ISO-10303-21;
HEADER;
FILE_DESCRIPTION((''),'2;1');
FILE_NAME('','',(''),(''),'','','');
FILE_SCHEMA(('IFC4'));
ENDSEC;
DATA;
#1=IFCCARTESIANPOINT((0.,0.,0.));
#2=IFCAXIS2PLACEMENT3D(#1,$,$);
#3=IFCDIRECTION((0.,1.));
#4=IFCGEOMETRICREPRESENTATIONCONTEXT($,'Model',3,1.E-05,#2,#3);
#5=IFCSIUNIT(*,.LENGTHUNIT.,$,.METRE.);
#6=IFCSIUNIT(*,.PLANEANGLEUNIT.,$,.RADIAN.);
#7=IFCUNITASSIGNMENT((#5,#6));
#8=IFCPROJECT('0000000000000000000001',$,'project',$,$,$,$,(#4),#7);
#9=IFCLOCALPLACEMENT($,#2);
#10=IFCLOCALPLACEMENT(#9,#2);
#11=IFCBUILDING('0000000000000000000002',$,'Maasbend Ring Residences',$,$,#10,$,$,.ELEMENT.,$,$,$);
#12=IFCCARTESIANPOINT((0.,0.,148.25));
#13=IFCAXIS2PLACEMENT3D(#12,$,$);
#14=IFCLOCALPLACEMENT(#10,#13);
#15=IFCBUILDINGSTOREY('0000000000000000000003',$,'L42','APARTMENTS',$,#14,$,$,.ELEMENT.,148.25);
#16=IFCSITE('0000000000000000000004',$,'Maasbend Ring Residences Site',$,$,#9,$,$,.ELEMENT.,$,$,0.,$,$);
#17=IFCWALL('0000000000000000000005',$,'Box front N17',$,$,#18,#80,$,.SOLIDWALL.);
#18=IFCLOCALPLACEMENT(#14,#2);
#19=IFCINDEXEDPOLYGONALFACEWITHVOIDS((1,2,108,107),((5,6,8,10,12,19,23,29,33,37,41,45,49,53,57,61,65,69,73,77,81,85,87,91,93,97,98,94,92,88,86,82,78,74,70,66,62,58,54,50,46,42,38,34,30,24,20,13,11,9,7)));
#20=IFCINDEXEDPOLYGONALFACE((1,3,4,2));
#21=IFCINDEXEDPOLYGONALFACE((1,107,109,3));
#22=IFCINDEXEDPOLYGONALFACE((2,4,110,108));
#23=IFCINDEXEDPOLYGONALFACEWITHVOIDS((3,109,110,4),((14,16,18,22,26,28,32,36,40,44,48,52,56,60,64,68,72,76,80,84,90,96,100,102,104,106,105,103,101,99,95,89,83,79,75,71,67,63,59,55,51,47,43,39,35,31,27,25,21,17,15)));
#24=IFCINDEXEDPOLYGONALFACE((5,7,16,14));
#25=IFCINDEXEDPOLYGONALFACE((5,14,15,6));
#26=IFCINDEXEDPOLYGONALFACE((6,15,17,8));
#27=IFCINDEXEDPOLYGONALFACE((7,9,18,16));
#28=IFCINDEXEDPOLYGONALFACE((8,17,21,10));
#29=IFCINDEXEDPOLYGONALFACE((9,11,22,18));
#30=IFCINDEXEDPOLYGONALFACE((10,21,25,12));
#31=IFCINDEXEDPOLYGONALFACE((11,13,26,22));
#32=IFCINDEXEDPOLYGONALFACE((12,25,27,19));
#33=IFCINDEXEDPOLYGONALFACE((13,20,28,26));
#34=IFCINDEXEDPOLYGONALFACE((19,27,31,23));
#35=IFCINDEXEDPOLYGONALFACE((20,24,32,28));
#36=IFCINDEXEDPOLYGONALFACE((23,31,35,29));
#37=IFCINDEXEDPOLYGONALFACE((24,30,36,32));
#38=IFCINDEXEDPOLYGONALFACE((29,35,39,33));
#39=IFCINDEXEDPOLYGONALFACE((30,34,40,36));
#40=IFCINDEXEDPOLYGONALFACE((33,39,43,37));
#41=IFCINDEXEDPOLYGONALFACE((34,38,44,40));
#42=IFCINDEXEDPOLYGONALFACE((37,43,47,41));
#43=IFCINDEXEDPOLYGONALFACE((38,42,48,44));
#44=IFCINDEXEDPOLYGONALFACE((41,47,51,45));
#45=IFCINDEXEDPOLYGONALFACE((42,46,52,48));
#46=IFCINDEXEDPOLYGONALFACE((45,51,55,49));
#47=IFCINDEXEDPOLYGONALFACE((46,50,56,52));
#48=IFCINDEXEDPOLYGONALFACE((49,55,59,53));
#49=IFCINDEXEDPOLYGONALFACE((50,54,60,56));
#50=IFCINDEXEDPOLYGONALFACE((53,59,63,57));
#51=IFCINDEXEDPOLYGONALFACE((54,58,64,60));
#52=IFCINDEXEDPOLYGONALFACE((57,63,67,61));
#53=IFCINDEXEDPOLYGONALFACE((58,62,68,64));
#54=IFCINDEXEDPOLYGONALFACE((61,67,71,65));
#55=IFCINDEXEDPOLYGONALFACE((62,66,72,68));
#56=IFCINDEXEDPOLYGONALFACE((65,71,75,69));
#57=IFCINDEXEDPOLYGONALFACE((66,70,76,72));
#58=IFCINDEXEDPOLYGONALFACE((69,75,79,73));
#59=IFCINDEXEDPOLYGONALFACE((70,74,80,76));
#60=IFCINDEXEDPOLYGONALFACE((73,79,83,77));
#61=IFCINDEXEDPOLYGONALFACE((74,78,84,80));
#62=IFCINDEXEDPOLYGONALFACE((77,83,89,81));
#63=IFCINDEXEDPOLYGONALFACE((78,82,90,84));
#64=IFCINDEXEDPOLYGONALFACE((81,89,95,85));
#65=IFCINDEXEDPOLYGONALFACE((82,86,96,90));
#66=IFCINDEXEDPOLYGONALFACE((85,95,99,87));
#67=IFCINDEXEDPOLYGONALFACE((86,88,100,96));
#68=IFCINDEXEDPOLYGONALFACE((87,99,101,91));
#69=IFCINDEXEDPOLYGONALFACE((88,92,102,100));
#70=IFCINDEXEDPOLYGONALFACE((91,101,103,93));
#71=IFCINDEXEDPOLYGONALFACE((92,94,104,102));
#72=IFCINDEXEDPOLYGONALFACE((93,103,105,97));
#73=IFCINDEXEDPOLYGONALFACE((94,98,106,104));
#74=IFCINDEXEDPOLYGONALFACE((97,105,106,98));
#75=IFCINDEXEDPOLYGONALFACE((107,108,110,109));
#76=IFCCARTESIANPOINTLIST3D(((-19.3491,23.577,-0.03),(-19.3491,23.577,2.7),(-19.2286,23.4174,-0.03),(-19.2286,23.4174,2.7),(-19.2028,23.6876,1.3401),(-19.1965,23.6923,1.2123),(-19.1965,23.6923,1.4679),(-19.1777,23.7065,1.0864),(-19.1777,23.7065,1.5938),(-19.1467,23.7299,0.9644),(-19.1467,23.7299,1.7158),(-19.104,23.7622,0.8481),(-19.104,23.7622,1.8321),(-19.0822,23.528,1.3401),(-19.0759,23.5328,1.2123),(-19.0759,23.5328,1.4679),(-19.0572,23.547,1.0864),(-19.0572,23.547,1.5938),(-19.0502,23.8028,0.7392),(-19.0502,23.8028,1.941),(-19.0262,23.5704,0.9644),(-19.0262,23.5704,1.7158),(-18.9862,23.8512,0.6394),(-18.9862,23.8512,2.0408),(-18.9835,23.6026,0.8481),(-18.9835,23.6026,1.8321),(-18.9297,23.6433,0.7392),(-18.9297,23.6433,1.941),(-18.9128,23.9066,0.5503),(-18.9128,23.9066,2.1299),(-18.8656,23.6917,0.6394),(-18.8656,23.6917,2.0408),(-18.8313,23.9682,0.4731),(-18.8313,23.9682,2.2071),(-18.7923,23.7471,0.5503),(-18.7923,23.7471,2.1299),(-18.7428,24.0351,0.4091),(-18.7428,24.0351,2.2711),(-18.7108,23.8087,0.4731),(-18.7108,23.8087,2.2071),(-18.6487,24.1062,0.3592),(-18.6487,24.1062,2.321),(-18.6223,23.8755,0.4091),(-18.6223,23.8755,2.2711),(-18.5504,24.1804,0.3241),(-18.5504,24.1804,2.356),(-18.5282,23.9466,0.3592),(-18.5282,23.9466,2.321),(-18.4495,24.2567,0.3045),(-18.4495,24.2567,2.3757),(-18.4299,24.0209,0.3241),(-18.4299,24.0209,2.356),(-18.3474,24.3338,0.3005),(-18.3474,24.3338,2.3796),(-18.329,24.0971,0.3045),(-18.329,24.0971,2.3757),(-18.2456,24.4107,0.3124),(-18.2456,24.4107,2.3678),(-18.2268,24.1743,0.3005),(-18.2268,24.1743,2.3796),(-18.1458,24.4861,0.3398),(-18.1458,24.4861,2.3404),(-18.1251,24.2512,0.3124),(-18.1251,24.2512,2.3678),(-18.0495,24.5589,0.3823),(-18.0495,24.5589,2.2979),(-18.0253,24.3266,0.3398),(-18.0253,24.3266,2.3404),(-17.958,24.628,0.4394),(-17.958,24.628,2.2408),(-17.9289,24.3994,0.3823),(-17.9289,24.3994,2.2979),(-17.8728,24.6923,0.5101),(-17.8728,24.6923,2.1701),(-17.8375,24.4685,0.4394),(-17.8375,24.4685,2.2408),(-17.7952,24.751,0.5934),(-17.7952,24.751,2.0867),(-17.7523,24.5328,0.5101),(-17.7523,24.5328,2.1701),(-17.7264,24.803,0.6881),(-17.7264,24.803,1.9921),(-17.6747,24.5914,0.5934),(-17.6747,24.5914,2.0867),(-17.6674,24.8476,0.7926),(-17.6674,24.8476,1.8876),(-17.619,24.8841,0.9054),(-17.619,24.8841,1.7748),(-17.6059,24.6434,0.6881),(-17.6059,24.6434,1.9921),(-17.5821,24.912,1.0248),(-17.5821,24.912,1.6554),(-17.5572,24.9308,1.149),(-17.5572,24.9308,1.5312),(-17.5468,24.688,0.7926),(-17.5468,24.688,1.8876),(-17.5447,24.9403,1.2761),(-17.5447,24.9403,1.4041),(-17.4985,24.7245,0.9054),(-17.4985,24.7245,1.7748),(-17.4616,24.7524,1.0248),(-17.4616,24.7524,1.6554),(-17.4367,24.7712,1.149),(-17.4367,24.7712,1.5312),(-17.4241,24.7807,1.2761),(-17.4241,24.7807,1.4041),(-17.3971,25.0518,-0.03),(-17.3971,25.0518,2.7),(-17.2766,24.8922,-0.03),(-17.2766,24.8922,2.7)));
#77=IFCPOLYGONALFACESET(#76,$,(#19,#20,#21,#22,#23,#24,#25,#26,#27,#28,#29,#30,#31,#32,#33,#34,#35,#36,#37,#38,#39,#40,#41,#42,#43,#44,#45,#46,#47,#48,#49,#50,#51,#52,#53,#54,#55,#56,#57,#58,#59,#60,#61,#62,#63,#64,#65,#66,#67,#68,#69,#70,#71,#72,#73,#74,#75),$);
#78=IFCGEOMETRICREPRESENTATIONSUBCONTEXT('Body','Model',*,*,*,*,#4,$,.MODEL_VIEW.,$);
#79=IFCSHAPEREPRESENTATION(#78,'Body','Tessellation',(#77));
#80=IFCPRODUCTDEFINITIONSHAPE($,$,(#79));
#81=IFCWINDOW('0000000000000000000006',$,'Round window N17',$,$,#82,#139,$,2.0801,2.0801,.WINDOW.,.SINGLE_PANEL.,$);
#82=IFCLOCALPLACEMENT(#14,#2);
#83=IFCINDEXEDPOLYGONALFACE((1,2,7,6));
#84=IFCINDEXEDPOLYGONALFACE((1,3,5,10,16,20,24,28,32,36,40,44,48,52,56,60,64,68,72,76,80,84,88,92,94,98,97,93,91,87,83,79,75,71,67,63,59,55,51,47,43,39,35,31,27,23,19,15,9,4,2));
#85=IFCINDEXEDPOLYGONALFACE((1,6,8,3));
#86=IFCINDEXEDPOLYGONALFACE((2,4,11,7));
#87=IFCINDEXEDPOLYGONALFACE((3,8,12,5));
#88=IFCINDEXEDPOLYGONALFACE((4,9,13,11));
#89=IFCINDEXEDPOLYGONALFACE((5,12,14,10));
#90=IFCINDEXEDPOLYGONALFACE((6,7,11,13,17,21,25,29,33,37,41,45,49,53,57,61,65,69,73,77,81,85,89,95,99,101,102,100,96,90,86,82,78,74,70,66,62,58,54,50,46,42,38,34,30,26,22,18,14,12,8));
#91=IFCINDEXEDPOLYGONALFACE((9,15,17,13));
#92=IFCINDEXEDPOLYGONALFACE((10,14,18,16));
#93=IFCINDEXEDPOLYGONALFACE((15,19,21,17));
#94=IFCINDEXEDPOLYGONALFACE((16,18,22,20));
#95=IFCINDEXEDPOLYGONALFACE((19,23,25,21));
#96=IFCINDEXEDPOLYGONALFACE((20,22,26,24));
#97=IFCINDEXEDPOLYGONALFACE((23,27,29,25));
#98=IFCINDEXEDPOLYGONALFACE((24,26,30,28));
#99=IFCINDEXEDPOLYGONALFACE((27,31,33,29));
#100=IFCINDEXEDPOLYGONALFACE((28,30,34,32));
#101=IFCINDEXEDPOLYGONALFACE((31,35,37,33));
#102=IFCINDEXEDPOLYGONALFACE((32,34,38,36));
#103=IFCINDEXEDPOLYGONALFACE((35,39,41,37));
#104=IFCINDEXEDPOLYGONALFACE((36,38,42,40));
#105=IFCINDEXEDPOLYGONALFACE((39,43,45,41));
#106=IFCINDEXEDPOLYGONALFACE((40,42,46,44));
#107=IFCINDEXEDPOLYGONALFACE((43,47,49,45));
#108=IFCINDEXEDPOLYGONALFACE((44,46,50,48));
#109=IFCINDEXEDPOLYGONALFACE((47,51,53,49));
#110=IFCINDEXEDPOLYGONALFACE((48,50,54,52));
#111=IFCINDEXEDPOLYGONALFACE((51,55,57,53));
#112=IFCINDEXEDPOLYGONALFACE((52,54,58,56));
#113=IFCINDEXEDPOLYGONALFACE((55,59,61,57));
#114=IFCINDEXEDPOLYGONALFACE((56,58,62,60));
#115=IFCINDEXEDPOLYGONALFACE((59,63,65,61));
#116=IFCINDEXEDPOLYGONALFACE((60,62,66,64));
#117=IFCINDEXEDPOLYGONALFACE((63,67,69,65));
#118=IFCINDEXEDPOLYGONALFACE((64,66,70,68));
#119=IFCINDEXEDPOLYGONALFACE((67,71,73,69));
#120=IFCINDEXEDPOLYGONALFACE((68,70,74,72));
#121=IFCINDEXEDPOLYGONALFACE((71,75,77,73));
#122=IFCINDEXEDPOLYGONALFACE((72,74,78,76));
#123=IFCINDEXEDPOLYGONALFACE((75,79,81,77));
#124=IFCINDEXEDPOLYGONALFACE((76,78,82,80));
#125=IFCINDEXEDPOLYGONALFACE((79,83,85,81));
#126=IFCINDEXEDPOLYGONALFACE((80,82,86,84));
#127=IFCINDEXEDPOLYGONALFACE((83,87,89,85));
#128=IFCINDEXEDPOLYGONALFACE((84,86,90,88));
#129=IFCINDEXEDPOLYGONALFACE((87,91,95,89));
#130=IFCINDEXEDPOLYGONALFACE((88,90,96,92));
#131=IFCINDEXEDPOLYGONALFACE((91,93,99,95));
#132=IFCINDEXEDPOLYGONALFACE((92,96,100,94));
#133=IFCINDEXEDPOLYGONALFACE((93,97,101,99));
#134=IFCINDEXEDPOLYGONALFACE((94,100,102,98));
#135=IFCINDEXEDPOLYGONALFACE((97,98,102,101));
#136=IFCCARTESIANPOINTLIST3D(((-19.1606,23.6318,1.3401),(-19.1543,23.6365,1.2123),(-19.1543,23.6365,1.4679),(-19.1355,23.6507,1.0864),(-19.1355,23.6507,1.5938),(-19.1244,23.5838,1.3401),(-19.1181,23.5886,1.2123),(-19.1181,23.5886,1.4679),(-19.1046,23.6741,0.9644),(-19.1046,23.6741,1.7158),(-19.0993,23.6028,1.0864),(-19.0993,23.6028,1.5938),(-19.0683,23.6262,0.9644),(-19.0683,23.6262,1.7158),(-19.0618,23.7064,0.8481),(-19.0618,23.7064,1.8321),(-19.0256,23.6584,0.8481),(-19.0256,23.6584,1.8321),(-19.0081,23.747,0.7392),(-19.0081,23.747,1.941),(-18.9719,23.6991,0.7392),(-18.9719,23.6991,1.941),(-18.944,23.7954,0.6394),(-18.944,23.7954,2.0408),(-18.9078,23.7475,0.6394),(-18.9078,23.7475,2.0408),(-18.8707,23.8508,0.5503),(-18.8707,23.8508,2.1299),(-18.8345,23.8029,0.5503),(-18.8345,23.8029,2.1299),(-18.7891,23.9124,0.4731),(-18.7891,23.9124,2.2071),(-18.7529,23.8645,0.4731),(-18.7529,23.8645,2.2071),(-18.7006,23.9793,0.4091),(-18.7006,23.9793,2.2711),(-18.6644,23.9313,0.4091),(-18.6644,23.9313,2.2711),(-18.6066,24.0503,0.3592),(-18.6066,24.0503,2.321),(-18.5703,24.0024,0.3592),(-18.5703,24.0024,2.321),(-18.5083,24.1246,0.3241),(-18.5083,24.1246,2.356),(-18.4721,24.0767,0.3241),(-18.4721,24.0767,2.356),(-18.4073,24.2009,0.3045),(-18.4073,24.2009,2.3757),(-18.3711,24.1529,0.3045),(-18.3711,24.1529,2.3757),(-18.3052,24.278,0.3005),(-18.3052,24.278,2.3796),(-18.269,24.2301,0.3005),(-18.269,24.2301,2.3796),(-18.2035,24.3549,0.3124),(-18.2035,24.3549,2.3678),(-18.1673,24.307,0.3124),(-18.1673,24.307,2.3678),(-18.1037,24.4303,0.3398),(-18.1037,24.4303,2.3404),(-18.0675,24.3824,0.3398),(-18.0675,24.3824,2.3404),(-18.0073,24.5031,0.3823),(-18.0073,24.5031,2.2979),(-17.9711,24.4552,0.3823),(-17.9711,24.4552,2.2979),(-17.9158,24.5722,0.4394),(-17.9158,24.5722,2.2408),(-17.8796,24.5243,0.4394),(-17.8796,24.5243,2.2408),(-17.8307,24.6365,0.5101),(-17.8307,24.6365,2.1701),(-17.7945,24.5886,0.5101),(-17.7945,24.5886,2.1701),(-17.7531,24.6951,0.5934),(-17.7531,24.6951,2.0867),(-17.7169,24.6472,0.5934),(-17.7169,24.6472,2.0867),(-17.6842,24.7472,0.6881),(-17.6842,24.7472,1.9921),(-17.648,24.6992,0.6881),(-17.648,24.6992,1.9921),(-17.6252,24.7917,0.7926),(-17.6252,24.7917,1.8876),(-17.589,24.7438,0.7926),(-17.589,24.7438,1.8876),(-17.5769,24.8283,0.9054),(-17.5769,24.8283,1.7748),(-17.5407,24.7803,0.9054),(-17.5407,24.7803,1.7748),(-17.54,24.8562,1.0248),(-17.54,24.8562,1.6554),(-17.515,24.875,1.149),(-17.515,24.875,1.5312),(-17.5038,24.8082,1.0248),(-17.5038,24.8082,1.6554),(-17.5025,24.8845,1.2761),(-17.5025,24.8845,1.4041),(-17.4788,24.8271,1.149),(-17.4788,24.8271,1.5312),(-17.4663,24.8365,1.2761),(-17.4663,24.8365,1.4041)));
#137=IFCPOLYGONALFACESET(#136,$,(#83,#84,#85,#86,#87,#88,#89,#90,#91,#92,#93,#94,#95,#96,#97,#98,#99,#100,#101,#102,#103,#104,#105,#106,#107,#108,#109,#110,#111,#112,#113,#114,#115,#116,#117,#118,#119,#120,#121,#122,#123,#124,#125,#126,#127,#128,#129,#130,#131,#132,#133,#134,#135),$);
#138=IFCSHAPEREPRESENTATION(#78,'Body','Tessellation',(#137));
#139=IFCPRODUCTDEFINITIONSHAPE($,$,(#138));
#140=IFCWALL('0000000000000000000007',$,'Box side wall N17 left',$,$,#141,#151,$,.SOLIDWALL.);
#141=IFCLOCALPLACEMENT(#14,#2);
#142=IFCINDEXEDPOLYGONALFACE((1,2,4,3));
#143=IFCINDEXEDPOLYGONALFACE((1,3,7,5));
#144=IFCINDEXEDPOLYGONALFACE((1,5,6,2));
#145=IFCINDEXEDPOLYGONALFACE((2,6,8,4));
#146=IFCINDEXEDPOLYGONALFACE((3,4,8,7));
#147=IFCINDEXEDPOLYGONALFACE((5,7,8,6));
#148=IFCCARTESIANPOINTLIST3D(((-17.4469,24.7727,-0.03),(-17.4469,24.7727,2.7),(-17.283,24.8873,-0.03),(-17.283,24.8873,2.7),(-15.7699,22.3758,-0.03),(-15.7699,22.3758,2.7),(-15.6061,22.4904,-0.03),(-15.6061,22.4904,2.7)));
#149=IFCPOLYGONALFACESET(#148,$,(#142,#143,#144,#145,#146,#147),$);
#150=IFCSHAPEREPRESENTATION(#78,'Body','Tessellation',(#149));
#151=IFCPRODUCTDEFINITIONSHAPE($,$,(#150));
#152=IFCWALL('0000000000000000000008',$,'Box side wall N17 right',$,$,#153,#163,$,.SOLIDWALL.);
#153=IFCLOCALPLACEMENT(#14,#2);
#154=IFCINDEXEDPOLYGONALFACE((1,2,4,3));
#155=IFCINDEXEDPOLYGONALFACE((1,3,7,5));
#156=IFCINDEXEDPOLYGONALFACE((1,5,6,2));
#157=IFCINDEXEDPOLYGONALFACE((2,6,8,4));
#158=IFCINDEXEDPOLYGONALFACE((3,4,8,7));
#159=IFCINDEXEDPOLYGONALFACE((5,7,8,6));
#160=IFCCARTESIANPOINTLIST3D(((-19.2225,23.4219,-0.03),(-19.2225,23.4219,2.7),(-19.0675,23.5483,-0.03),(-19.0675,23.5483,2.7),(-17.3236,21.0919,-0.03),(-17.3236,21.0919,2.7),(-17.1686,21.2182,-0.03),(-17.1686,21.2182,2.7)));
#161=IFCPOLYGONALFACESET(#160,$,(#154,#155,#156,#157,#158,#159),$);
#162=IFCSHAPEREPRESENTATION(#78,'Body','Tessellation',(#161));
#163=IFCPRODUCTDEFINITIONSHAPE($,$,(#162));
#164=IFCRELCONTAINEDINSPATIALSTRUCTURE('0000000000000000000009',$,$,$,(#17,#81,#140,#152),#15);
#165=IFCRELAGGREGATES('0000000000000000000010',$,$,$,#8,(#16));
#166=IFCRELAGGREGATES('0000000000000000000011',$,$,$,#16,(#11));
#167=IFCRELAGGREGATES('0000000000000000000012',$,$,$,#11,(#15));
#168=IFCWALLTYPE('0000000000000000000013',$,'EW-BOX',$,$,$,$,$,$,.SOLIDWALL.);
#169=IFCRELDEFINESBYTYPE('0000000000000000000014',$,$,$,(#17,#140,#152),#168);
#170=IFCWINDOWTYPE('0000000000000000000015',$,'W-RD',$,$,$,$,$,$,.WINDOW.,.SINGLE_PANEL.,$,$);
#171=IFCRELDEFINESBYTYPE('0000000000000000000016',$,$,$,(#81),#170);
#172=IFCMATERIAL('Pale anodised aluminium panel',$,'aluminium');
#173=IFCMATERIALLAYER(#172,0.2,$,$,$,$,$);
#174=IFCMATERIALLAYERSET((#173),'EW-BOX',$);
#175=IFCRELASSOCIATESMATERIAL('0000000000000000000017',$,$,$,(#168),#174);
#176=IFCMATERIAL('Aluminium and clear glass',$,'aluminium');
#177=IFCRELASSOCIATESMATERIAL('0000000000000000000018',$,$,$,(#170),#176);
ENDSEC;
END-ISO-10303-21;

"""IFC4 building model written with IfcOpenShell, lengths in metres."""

from ifc_helpers import new_model, si_unit, direction, frame, frame_2d, origin, place, context, subcontext, project, spatial, rectangle, circle, extrude, material, layer, layer_set, type_object, element, fill, save


model = new_model("IFC4")

# Units and contexts
model_context = context("Model", 3, precision=1e-05, world=origin(), true_north=direction((0.0, 1.0)))
body_context = subcontext(model_context, "Body", "Model", "MODEL_VIEW")
ifc_project = project(units=[si_unit("LENGTHUNIT", "METRE"), si_unit("PLANEANGLEUNIT", "RADIAN")], contexts=[model_context])

# Site, building, storey
site_placement = place(None, origin())
site = spatial("IfcSite", under=ifc_project, at=site_placement, Name="Maasbend Ring Residences Site", CompositionType="ELEMENT", RefElevation=0.0)
building_placement = place(site_placement, origin())
building = spatial("IfcBuilding", under=site, at=building_placement, Name="Maasbend Ring Residences", CompositionType="ELEMENT")
storey_placement = place(building_placement, frame((0.0, 0.0, 148.25)))
storey = spatial("IfcBuildingStorey", under=building, at=storey_placement, Name="L42", Description="APARTMENTS", CompositionType="ELEMENT", Elevation=148.25)

# Shared definitions
ifc_material_1 = material(Name="Pale anodised aluminium panel", Category="aluminium")
ifc_layer_1 = layer(ifc_material_1, 0.2)
ifc_layer_set_1 = layer_set([ifc_layer_1], Name="EW-BOX")
wall_type_1 = type_object("IfcWallType", Name="EW-BOX", PredefinedType="SOLIDWALL", material=ifc_layer_set_1)
ifc_material_2 = material(Name="Aluminium and clear glass", Category="aluminium")
window_type_1 = type_object("IfcWindowType", Name="W-RD", PartitioningType="SINGLE_PANEL", PredefinedType="WINDOW", material=ifc_material_2)

# Wall, opening, window
wall_1_placement = place(storey_placement, frame((-17.3369, 24.9719, -0.03), z_axis=(0.0, 0.0, 1.0), x_axis=(-0.797888, -0.602806, 0.0)))
wall_1 = element("IfcWall", 1, at=wall_1_placement, inside=storey, type_object=wall_type_1, Name="Box front N17", PredefinedType="SOLIDWALL", context=body_context, shape_type="SweptSolid", body=[
    extrude(rectangle(XDim=2.4465, YDim=0.2, at=frame_2d((1.2231, 0.0))), origin(), (0.0, 0.0, 1.0), 2.73),
])
opening_1_placement = place(wall_1_placement, frame((0.1829, 0.0, 0.3301)))
opening_1 = element("IfcOpeningElement", 2, at=opening_1_placement, cuts=wall_1, PredefinedType="OPENING", context=body_context, shape_type="SweptSolid", body=[
    extrude(circle(Radius=1.04, at=frame_2d((1.04, 1.04))), frame((0.0, 0.1099, 0.0), z_axis=(0.0, -1.0, 0.0), x_axis=(1.0, 0.0, 0.0)), (0.0, 0.0, 1.0), 0.22),
])
window_1_placement = place(opening_1_placement, origin())
window_1 = element("IfcWindow", 3, at=window_1_placement, inside=storey, type_object=window_type_1, Name="Round window N17", OverallHeight=2.0801, OverallWidth=2.0801, PartitioningType="SINGLE_PANEL", PredefinedType="WINDOW", context=body_context, shape_type="SweptSolid", body=[
    extrude(circle(Radius=1.04, at=frame_2d((1.04, 1.04))), frame((0.0, 0.03, 0.0), z_axis=(0.0, -1.0, 0.0), x_axis=(1.0, 0.0, 0.0)), (0.0, 0.0, 1.0), 0.0601),
])
fill(opening_1, window_1)

# Walls
wall_2_placement = place(storey_placement, frame((-15.688, 22.4331, -0.03), z_axis=(0.0, 0.0, 1.0), x_axis=(-0.573261, 0.819373, 0.0)))
element("IfcWall", 4, at=wall_2_placement, inside=storey, type_object=wall_type_1, Name="Box side wall N17 left", PredefinedType="SOLIDWALL", context=body_context, shape_type="SweptSolid", body=[
    extrude(rectangle(XDim=2.9253, YDim=0.2, at=frame_2d((1.4626, 0.0))), origin(), (0.0, 0.0, 1.0), 2.73),
])
wall_3_placement = place(storey_placement, frame((-17.2461, 21.155, -0.03), z_axis=(0.0, 0.0, 1.0), x_axis=(-0.631742, 0.775179, 0.0)))
element("IfcWall", 5, at=wall_3_placement, inside=storey, type_object=wall_type_1, Name="Box side wall N17 right", PredefinedType="SOLIDWALL", context=body_context, shape_type="SweptSolid", body=[
    extrude(rectangle(XDim=3.0059, YDim=0.2, at=frame_2d((1.5029, 0.0))), origin(), (0.0, 0.0, 1.0), 2.73),
])

save(model, "model.ifc")
